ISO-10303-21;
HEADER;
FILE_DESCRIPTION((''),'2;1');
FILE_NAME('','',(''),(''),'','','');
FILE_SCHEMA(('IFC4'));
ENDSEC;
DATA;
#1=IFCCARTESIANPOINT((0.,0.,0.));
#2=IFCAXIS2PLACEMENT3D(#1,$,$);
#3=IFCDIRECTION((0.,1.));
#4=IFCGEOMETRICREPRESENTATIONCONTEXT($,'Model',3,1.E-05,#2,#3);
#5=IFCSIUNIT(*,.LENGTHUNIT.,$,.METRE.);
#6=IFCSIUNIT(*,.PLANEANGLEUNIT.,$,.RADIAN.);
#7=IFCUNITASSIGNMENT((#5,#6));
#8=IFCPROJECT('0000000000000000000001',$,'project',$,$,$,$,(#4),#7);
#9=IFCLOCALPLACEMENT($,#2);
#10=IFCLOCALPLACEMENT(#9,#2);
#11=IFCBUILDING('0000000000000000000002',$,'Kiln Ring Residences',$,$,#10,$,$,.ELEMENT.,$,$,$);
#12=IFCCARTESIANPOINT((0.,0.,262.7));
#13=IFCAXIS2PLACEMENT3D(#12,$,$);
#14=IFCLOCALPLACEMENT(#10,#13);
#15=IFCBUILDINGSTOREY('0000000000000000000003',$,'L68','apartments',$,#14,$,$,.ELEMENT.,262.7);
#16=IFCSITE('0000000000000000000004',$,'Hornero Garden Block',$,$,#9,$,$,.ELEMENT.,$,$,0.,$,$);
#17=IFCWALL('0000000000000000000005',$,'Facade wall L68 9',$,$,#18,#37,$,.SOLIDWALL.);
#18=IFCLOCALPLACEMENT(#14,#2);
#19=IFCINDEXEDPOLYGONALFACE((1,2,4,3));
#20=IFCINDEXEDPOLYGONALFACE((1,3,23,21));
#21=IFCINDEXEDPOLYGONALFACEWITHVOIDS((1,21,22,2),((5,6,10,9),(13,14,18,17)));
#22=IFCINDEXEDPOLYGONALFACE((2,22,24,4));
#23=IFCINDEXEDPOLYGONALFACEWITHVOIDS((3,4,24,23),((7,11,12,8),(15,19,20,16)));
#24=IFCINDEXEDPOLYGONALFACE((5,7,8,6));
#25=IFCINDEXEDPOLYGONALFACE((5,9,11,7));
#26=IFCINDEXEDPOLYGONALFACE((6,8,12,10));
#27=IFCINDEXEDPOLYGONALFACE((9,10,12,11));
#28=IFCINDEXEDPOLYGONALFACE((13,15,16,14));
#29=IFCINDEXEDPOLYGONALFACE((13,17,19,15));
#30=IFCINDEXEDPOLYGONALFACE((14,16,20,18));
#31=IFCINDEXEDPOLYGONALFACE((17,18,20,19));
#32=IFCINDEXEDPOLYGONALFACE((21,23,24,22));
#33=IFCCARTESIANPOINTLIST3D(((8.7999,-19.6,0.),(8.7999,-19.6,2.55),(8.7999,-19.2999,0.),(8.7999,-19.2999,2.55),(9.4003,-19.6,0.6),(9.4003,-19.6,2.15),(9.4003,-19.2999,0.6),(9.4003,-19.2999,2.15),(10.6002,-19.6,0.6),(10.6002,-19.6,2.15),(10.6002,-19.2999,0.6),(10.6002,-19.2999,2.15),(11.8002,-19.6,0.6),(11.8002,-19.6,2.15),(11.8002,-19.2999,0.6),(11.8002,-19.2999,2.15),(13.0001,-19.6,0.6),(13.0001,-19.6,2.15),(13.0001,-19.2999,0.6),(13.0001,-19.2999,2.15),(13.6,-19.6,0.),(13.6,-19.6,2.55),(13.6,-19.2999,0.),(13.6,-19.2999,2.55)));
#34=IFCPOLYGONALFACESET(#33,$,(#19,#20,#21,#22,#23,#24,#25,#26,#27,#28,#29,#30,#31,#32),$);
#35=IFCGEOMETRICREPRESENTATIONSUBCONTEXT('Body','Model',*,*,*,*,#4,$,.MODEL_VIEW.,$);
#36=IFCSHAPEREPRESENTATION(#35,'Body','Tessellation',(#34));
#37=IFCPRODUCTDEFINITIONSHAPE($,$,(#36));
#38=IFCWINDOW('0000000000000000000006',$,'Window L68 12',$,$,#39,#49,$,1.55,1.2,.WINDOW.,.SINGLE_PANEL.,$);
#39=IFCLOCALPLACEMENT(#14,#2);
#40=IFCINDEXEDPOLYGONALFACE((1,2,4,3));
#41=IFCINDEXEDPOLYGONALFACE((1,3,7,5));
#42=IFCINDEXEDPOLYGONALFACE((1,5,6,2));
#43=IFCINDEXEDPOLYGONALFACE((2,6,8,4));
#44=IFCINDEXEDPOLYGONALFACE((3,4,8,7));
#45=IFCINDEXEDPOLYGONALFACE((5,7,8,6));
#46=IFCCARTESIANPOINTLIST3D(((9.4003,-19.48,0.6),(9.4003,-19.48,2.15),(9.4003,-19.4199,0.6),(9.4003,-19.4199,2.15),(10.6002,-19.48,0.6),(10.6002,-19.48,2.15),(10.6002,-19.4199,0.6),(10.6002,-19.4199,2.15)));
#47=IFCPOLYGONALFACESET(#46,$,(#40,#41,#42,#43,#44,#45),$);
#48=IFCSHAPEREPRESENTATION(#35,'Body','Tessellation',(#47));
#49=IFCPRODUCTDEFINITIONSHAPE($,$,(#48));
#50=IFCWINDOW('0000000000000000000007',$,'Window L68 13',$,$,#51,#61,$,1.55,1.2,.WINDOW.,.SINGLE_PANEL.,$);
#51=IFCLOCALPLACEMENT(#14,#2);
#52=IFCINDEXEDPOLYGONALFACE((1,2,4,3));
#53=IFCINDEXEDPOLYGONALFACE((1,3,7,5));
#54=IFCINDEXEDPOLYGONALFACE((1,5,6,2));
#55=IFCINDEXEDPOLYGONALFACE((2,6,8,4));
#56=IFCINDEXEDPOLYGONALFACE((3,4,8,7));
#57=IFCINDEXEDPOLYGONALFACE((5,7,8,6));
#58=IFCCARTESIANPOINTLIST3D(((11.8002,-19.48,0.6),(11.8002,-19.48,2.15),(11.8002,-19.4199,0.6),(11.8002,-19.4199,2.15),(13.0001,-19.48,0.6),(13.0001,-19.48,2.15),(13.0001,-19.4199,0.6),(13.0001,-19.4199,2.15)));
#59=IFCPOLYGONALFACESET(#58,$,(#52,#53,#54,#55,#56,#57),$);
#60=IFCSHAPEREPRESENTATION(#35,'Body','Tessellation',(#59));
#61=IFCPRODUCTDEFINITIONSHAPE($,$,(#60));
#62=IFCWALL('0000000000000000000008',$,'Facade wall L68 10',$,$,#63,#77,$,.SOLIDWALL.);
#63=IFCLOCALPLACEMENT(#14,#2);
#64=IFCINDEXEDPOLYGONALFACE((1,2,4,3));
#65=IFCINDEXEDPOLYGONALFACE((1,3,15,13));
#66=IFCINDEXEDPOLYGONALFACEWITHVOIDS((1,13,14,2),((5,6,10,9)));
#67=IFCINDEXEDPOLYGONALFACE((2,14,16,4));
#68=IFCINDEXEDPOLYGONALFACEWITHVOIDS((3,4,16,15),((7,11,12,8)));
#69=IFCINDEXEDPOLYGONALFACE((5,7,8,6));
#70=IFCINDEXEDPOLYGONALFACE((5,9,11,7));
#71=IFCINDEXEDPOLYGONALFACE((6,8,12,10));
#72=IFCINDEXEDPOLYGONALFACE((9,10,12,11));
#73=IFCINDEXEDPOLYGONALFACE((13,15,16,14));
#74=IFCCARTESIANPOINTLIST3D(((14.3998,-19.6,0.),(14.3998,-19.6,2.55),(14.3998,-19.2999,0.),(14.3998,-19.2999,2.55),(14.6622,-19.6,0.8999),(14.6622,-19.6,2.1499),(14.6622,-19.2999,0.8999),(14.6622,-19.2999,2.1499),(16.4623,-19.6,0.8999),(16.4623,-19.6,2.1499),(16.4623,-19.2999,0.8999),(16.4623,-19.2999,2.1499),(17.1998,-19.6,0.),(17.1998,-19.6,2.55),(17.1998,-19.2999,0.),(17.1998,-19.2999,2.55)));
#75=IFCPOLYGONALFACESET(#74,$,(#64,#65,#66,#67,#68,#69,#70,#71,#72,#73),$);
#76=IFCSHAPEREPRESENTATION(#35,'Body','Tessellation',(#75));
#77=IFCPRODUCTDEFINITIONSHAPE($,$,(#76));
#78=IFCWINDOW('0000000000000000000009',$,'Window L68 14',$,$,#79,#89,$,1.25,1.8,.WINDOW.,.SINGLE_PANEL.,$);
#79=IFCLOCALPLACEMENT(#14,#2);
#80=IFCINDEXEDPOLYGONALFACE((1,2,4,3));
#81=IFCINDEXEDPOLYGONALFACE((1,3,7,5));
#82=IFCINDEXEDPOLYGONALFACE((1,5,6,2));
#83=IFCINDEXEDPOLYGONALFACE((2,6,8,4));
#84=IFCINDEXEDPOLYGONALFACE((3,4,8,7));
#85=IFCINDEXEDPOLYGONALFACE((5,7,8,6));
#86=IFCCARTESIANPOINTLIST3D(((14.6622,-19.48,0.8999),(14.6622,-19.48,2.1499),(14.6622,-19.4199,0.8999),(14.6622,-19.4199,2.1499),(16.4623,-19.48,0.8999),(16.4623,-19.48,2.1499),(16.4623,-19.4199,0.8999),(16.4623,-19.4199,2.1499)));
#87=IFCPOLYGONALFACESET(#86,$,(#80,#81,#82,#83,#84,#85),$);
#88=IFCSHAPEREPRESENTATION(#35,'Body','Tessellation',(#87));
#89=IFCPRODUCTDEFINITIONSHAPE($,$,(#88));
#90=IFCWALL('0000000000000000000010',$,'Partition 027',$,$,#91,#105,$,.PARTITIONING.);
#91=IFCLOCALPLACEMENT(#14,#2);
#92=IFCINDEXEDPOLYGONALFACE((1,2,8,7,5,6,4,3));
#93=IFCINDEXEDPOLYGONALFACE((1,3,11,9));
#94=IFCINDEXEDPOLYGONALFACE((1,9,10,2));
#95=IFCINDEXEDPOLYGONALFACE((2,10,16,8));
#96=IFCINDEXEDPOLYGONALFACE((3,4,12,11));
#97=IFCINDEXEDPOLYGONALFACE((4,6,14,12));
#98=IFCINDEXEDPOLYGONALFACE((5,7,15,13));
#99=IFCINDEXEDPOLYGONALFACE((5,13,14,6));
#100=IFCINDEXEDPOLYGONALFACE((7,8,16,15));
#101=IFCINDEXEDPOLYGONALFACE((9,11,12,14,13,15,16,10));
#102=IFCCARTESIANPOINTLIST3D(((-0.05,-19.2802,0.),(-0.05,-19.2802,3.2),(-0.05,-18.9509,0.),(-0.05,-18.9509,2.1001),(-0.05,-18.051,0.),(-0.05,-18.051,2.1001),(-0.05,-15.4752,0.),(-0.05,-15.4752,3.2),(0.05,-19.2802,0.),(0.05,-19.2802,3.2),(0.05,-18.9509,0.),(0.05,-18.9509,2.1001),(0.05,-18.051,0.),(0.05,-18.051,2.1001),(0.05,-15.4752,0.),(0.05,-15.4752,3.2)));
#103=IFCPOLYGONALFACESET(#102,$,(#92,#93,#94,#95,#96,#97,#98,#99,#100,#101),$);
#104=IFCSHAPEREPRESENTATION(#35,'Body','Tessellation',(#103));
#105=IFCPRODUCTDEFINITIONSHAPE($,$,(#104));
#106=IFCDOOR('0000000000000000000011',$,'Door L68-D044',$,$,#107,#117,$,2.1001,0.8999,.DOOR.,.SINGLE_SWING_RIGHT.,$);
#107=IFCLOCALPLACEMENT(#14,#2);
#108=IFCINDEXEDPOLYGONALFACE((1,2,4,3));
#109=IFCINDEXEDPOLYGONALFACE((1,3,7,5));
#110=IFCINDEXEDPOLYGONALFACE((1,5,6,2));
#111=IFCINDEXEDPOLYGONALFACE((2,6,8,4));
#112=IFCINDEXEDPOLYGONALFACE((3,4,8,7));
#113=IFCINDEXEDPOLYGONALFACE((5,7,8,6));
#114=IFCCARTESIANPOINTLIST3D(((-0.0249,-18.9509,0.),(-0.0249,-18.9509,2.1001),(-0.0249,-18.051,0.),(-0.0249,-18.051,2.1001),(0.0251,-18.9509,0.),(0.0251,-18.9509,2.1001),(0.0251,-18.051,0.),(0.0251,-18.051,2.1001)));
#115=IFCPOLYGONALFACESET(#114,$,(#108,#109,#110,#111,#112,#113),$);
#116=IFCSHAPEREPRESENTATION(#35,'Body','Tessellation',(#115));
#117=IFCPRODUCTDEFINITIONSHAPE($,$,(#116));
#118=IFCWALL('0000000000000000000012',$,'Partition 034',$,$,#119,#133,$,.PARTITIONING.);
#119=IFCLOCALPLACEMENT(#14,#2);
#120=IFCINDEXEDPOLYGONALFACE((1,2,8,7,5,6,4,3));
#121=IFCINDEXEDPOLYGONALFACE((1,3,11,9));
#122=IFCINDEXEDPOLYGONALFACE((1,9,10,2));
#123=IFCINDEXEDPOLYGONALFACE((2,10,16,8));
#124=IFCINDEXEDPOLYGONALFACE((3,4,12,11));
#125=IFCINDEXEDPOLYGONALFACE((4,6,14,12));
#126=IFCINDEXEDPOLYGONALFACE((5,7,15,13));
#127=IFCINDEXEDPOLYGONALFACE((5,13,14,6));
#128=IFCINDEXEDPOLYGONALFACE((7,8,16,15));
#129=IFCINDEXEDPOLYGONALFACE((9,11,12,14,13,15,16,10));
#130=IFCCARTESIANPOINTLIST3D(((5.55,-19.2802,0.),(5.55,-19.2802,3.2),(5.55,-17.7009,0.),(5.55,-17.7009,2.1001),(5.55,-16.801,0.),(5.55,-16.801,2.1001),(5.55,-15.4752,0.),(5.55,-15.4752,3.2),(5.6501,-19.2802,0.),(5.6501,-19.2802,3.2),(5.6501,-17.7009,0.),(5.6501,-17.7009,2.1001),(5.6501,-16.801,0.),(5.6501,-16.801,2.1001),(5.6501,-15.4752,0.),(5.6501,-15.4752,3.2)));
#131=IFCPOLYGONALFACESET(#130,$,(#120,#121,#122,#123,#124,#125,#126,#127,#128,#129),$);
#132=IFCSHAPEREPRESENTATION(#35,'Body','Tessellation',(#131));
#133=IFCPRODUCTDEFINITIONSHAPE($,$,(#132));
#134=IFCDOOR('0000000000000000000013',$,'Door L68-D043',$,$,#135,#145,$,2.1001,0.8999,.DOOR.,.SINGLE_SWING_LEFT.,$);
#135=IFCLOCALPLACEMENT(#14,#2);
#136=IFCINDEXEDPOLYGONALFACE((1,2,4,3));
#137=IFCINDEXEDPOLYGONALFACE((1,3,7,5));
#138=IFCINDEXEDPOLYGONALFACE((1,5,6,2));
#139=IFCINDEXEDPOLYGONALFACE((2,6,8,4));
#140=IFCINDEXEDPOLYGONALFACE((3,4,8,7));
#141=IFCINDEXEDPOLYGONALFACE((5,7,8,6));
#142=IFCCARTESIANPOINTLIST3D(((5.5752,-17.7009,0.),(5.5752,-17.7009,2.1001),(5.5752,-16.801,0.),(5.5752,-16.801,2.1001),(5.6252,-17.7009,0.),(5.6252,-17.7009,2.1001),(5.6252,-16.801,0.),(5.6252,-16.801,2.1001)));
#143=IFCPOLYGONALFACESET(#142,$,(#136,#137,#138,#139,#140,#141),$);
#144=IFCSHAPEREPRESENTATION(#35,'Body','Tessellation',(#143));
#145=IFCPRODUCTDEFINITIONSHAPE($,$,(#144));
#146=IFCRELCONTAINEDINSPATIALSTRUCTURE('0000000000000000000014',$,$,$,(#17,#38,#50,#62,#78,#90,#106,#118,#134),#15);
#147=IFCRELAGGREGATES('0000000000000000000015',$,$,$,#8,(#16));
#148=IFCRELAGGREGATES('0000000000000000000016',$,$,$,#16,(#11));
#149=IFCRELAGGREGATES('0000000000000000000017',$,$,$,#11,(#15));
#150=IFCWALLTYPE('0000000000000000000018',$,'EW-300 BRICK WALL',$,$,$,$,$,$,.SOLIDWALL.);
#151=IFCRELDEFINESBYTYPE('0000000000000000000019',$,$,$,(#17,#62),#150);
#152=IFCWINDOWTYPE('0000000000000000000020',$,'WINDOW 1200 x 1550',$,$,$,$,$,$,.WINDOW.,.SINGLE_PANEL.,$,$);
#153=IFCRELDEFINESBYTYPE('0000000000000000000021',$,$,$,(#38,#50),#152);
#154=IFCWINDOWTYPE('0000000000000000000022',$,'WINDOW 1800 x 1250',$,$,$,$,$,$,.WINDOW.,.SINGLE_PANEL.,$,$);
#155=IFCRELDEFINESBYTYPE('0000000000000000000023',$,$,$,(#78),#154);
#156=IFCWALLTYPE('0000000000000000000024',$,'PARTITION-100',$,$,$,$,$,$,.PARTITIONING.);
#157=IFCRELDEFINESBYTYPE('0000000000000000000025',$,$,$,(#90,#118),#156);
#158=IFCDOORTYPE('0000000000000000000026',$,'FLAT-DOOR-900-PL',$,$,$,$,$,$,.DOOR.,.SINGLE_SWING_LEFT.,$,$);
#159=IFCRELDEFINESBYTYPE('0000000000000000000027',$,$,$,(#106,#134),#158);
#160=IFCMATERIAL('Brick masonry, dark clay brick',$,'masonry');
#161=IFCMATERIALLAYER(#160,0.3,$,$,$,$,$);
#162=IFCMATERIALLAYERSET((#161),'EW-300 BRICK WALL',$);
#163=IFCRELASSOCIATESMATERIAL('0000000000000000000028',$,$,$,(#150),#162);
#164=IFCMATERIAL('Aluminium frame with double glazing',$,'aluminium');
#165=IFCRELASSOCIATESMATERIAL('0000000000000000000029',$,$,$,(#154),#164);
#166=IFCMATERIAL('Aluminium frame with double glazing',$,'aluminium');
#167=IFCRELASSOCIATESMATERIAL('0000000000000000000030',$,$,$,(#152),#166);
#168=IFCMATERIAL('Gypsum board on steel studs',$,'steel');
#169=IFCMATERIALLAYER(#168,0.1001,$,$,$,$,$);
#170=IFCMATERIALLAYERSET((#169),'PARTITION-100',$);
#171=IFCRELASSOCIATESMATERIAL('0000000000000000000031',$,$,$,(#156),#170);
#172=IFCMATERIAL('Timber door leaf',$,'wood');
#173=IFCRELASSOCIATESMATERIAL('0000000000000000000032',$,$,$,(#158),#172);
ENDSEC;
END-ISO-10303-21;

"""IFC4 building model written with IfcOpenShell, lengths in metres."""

from ifc_helpers import new_model, si_unit, direction, frame, frame_2d, origin, place, context, subcontext, project, spatial, rectangle, extrude, material, layer, layer_set, type_object, element, fill, save


model = new_model("IFC4")

# Units and contexts
model_context = context("Model", 3, precision=1e-05, world=origin(), true_north=direction((0.0, 1.0)))
body_context = subcontext(model_context, "Body", "Model", "MODEL_VIEW")
ifc_project = project(units=[si_unit("LENGTHUNIT", "METRE"), si_unit("PLANEANGLEUNIT", "RADIAN")], contexts=[model_context])

# Site, building, storey
site_placement = place(None, origin())
site = spatial("IfcSite", under=ifc_project, at=site_placement, Name="Hornero Garden Block", CompositionType="ELEMENT", RefElevation=0.0)
building_placement = place(site_placement, origin())
building = spatial("IfcBuilding", under=site, at=building_placement, Name="Kiln Ring Residences", CompositionType="ELEMENT")
storey_placement = place(building_placement, frame((0.0, 0.0, 262.7)))
storey = spatial("IfcBuildingStorey", under=building, at=storey_placement, Name="L68", Description="apartments", CompositionType="ELEMENT", Elevation=262.7)

# Wall, openings, windows
ifc_material_1 = material(Name="Brick masonry, dark clay brick", Category="masonry")
ifc_layer_1 = layer(ifc_material_1, 0.3)
ifc_layer_set_1 = layer_set([ifc_layer_1], Name="EW-300 BRICK WALL")
wall_type_1 = type_object("IfcWallType", Name="EW-300 BRICK WALL", PredefinedType="SOLIDWALL", material=ifc_layer_set_1)
ifc_material_2 = material(Name="Aluminium frame with double glazing", Category="aluminium")
window_type_1 = type_object("IfcWindowType", Name="WINDOW 1800 x 1250", PartitioningType="SINGLE_PANEL", PredefinedType="WINDOW", material=ifc_material_2)
wall_1_placement = place(storey_placement, frame((8.8, -19.45, 0.0), z_axis=(0.0, 0.0, 1.0), x_axis=(1.0, 0.0, 0.0)))
wall_1 = element("IfcWall", 1, at=wall_1_placement, inside=storey, type_object=wall_type_1, Name="Facade wall L68 9", PredefinedType="SOLIDWALL", context=body_context, shape_type="SweptSolid", body=[
    extrude(rectangle(XDim=4.8, YDim=0.3, at=frame_2d((2.3999, 0.0))), origin(), (0.0, 0.0, 1.0), 2.55),
])
opening_1_placement = place(wall_1_placement, frame((0.6001, 0.0, 0.6001)))
opening_1 = element("IfcOpeningElement", 2, at=opening_1_placement, cuts=wall_1, PredefinedType="OPENING", context=body_context, shape_type="SweptSolid", body=[
    extrude(rectangle(XDim=1.2, YDim=1.55, at=frame_2d((0.6001, 0.7749))), frame((0.0, 0.1599, 0.0), z_axis=(0.0, -1.0, 0.0), x_axis=(1.0, 0.0, 0.0)), (0.0, 0.0, 1.0), 0.3201),
])
opening_2_placement = place(wall_1_placement, frame((3.0, 0.0, 0.6001)))
opening_2 = element("IfcOpeningElement", 3, at=opening_2_placement, cuts=wall_1, PredefinedType="OPENING", context=body_context, shape_type="SweptSolid", body=[
    extrude(rectangle(XDim=1.2, YDim=1.55, at=frame_2d((0.6001, 0.7749))), frame((0.0, 0.1599, 0.0), z_axis=(0.0, -1.0, 0.0), x_axis=(1.0, 0.0, 0.0)), (0.0, 0.0, 1.0), 0.3201),
])
ifc_material_3 = material(Name="Aluminium frame with double glazing", Category="aluminium")
window_type_2 = type_object("IfcWindowType", Name="WINDOW 1200 x 1550", PartitioningType="SINGLE_PANEL", PredefinedType="WINDOW", material=ifc_material_3)
window_1_placement = place(opening_1_placement, origin())
window_1 = element("IfcWindow", 4, at=window_1_placement, inside=storey, type_object=window_type_2, Name="Window L68 12", OverallHeight=1.55, OverallWidth=1.2, PartitioningType="SINGLE_PANEL", PredefinedType="WINDOW", context=body_context, shape_type="SweptSolid", body=[
    extrude(rectangle(XDim=1.2, YDim=1.55, at=frame_2d((0.6001, 0.7749))), frame((0.0, 0.03, 0.0), z_axis=(0.0, -1.0, 0.0), x_axis=(1.0, 0.0, 0.0)), (0.0, 0.0, 1.0), 0.0601),
])
fill(opening_1, window_1)
window_2_placement = place(opening_2_placement, origin())
window_2 = element("IfcWindow", 5, at=window_2_placement, inside=storey, type_object=window_type_2, Name="Window L68 13", OverallHeight=1.55, OverallWidth=1.2, PartitioningType="SINGLE_PANEL", PredefinedType="WINDOW", context=body_context, shape_type="SweptSolid", body=[
    extrude(rectangle(XDim=1.2, YDim=1.55, at=frame_2d((0.6001, 0.7749))), frame((0.0, 0.03, 0.0), z_axis=(0.0, -1.0, 0.0), x_axis=(1.0, 0.0, 0.0)), (0.0, 0.0, 1.0), 0.0601),
])
fill(opening_2, window_2)

# Wall, opening, window
wall_2_placement = place(storey_placement, frame((14.3999, -19.45, 0.0), z_axis=(0.0, 0.0, 1.0), x_axis=(1.0, 0.0, 0.0)))
wall_2 = element("IfcWall", 6, at=wall_2_placement, inside=storey, type_object=wall_type_1, Name="Facade wall L68 10", PredefinedType="SOLIDWALL", context=body_context, shape_type="SweptSolid", body=[
    extrude(rectangle(XDim=2.8, YDim=0.3, at=frame_2d((1.3999, 0.0))), origin(), (0.0, 0.0, 1.0), 2.55),
])
opening_3_placement = place(wall_2_placement, frame((0.2625, 0.0, 0.8999)))
opening_3 = element("IfcOpeningElement", 7, at=opening_3_placement, cuts=wall_2, PredefinedType="OPENING", context=body_context, shape_type="SweptSolid", body=[
    extrude(rectangle(XDim=1.8, YDim=1.25, at=frame_2d((0.8999, 0.625))), frame((0.0, 0.1599, 0.0), z_axis=(0.0, -1.0, 0.0), x_axis=(1.0, 0.0, 0.0)), (0.0, 0.0, 1.0), 0.3201),
])
window_3_placement = place(opening_3_placement, origin())
window_3 = element("IfcWindow", 8, at=window_3_placement, inside=storey, type_object=window_type_1, Name="Window L68 14", OverallHeight=1.25, OverallWidth=1.8, PartitioningType="SINGLE_PANEL", PredefinedType="WINDOW", context=body_context, shape_type="SweptSolid", body=[
    extrude(rectangle(XDim=1.8, YDim=1.25, at=frame_2d((0.8999, 0.625))), frame((0.0, 0.03, 0.0), z_axis=(0.0, -1.0, 0.0), x_axis=(1.0, 0.0, 0.0)), (0.0, 0.0, 1.0), 0.0601),
])
fill(opening_3, window_3)

# Walls, openings, doors
ifc_material_4 = material(Name="Gypsum board on steel studs", Category="steel")
ifc_layer_2 = layer(ifc_material_4, 0.1001)
ifc_layer_set_2 = layer_set([ifc_layer_2], Name="PARTITION-100")
wall_type_2 = type_object("IfcWallType", Name="PARTITION-100", PredefinedType="PARTITIONING", material=ifc_layer_set_2)
wall_3_placement = place(storey_placement, frame((0.0, -19.28, 0.0), z_axis=(0.0, 0.0, 1.0), x_axis=(0.0, 1.0, 0.0)))
wall_3 = element("IfcWall", 9, at=wall_3_placement, inside=storey, type_object=wall_type_2, Name="Partition 027", PredefinedType="PARTITIONING", context=body_context, shape_type="SweptSolid", body=[
    extrude(rectangle(XDim=3.8049, YDim=0.1001, at=frame_2d((1.9023, 0.0))), origin(), (0.0, 0.0, 1.0), 3.2),
])
opening_4_placement = place(wall_3_placement, frame((0.3291, 0.0, 0.0)))
opening_4 = element("IfcOpeningElement", 10, at=opening_4_placement, cuts=wall_3, PredefinedType="OPENING", context=body_context, shape_type="SweptSolid", body=[
    extrude(rectangle(XDim=0.8999, YDim=2.1001, at=frame_2d((0.45, 1.05))), frame((0.0, 0.0601, 0.0), z_axis=(0.0, -1.0, 0.0), x_axis=(1.0, 0.0, 0.0)), (0.0, 0.0, 1.0), 0.1201),
])
ifc_material_5 = material(Name="Timber door leaf", Category="wood")
door_type_1 = type_object("IfcDoorType", Name="FLAT-DOOR-900-PL", OperationType="SINGLE_SWING_LEFT", PredefinedType="DOOR", material=ifc_material_5)
door_1_placement = place(opening_4_placement, origin())
door_1 = element("IfcDoor", 11, at=door_1_placement, inside=storey, type_object=door_type_1, Name="Door L68-D044", OperationType="SINGLE_SWING_RIGHT", OverallHeight=2.1001, OverallWidth=0.8999, PredefinedType="DOOR", context=body_context, shape_type="SweptSolid", body=[
    extrude(rectangle(XDim=0.8999, YDim=2.1001, at=frame_2d((0.45, 1.05))), frame((0.0, 0.0249, 0.0), z_axis=(0.0, -1.0, 0.0), x_axis=(1.0, 0.0, 0.0)), (0.0, 0.0, 1.0), 0.05),
])
fill(opening_4, door_1)
wall_4_placement = place(storey_placement, frame((5.6001, -19.28, 0.0), z_axis=(0.0, 0.0, 1.0), x_axis=(0.0, 1.0, 0.0)))
wall_4 = element("IfcWall", 12, at=wall_4_placement, inside=storey, type_object=wall_type_2, Name="Partition 034", PredefinedType="PARTITIONING", context=body_context, shape_type="SweptSolid", body=[
    extrude(rectangle(XDim=3.8049, YDim=0.1001, at=frame_2d((1.9023, 0.0))), origin(), (0.0, 0.0, 1.0), 3.2),
])
opening_5_placement = place(wall_4_placement, frame((1.5791, 0.0, 0.0)))
opening_5 = element("IfcOpeningElement", 13, at=opening_5_placement, cuts=wall_4, PredefinedType="OPENING", context=body_context, shape_type="SweptSolid", body=[
    extrude(rectangle(XDim=0.8999, YDim=2.1001, at=frame_2d((0.45, 1.05))), frame((0.0, 0.0601, 0.0), z_axis=(0.0, -1.0, 0.0), x_axis=(1.0, 0.0, 0.0)), (0.0, 0.0, 1.0), 0.1201),
])
door_2_placement = place(opening_5_placement, origin())
door_2 = element("IfcDoor", 14, at=door_2_placement, inside=storey, type_object=door_type_1, Name="Door L68-D043", OperationType="SINGLE_SWING_LEFT", OverallHeight=2.1001, OverallWidth=0.8999, PredefinedType="DOOR", context=body_context, shape_type="SweptSolid", body=[
    extrude(rectangle(XDim=0.8999, YDim=2.1001, at=frame_2d((0.45, 1.05))), frame((0.0, 0.0249, 0.0), z_axis=(0.0, -1.0, 0.0), x_axis=(1.0, 0.0, 0.0)), (0.0, 0.0, 1.0), 0.05),
])
fill(opening_5, door_2)

save(model, "model.ifc")
